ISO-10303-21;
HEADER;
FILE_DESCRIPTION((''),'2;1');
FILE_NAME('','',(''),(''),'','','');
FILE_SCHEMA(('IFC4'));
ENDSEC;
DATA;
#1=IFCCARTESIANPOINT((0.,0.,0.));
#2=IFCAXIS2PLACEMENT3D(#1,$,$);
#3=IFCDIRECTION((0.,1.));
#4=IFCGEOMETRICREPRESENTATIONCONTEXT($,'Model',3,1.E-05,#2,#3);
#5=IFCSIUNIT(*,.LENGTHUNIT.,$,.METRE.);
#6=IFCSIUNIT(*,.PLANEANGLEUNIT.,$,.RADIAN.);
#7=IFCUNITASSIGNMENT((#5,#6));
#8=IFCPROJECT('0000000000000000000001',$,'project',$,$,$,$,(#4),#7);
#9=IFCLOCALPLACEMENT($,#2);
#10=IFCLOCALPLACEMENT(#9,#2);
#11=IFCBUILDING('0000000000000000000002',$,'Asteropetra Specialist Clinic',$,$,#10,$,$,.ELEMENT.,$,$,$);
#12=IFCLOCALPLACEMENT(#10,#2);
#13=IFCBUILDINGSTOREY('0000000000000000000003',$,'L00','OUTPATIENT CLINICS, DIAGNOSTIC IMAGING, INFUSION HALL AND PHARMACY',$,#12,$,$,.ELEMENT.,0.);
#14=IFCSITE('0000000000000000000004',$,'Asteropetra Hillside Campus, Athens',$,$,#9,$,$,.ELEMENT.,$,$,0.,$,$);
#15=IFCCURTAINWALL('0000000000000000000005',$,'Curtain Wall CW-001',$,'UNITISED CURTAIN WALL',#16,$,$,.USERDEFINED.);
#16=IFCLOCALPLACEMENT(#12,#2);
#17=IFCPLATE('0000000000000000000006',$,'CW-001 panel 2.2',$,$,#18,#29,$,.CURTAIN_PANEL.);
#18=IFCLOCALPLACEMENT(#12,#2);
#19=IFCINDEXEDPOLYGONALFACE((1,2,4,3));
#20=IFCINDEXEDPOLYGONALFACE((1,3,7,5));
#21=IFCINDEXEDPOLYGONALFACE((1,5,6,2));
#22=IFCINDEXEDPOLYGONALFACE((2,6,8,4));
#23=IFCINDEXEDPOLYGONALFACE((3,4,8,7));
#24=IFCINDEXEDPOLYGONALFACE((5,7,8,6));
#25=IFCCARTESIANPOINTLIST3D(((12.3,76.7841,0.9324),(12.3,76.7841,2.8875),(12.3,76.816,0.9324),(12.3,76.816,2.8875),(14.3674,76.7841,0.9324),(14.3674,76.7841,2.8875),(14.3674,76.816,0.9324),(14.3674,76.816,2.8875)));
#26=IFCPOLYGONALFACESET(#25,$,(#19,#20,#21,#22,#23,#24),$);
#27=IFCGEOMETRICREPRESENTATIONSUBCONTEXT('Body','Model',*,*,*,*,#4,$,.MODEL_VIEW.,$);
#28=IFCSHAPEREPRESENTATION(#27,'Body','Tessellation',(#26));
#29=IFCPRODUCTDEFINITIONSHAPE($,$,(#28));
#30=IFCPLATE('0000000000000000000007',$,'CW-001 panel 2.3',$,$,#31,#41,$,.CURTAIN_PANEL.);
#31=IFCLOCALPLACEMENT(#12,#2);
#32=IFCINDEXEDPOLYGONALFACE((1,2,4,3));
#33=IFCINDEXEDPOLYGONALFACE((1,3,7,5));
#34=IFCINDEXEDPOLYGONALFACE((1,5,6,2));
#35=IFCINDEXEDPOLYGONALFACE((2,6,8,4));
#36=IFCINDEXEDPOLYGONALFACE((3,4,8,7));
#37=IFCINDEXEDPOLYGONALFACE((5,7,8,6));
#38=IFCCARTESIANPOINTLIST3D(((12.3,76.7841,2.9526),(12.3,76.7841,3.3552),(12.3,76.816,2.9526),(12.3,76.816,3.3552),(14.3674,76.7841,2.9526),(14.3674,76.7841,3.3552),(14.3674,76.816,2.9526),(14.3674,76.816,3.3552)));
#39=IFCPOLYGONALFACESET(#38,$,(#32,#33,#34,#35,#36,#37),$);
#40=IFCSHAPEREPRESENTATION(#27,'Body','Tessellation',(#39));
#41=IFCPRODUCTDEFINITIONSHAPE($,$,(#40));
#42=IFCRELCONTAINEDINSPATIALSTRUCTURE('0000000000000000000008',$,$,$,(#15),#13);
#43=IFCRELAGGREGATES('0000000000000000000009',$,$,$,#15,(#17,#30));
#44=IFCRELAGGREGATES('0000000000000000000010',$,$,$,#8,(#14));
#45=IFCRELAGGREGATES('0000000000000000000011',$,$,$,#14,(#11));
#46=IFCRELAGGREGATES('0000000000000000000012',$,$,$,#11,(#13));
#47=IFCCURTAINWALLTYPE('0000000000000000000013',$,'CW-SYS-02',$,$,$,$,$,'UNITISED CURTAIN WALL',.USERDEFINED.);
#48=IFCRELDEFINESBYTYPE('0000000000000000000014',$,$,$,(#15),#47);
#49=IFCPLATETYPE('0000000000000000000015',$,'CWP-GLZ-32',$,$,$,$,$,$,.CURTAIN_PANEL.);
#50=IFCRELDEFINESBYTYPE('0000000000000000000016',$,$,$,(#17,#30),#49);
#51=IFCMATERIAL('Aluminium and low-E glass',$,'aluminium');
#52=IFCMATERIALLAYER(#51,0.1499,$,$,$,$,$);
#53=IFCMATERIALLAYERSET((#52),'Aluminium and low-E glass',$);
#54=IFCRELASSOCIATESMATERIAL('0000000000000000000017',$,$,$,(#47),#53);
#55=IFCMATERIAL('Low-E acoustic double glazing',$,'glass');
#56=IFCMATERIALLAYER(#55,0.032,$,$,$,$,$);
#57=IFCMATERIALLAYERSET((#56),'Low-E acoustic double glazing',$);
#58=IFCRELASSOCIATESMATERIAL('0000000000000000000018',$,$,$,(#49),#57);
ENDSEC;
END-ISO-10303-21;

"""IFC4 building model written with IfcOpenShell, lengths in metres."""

from ifc_helpers import new_model, si_unit, direction, frame, origin, origin_2d, place, context, subcontext, project, spatial, rectangle, extrude, material, layer, layer_set, type_object, element, aggregate, save


model = new_model("IFC4")

# Units and contexts
model_context = context("Model", 3, precision=1e-05, world=origin(), true_north=direction((0.0, 1.0)))
body_context = subcontext(model_context, "Body", "Model", "MODEL_VIEW")
ifc_project = project(units=[si_unit("LENGTHUNIT", "METRE"), si_unit("PLANEANGLEUNIT", "RADIAN")], contexts=[model_context])

# Site, building, storey
site_placement = place(None, origin())
site = spatial("IfcSite", under=ifc_project, at=site_placement, Name="Asteropetra Hillside Campus, Athens", CompositionType="ELEMENT", RefElevation=0.0)
building_placement = place(site_placement, origin())
building = spatial("IfcBuilding", under=site, at=building_placement, Name="Asteropetra Specialist Clinic", CompositionType="ELEMENT")
storey_placement = place(building_placement, origin())
storey = spatial("IfcBuildingStorey", under=building, at=storey_placement, Name="L00", Description="OUTPATIENT CLINICS, DIAGNOSTIC IMAGING, INFUSION HALL AND PHARMACY", CompositionType="ELEMENT", Elevation=0.0)

# Curtain wall, plates
ifc_material_1 = material(Name="Aluminium and low-E glass", Category="aluminium")
ifc_layer_1 = layer(ifc_material_1, 0.1499)
ifc_layer_set_1 = layer_set([ifc_layer_1], Name="Aluminium and low-E glass")
curtain_wall_type = type_object("IfcCurtainWallType", Name="CW-SYS-02", ElementType="UNITISED CURTAIN WALL", PredefinedType="USERDEFINED", material=ifc_layer_set_1)
curtain_wall_placement = place(storey_placement, origin())
curtain_wall = element("IfcCurtainWall", 1, at=curtain_wall_placement, inside=storey, type_object=curtain_wall_type, Name="Curtain Wall CW-001", ObjectType="UNITISED CURTAIN WALL", PredefinedType="USERDEFINED")
ifc_material_2 = material(Name="Low-E acoustic double glazing", Category="glass")
ifc_layer_2 = layer(ifc_material_2, 0.032)
ifc_layer_set_2 = layer_set([ifc_layer_2], Name="Low-E acoustic double glazing")
plate_type = type_object("IfcPlateType", Name="CWP-GLZ-32", PredefinedType="CURTAIN_PANEL", material=ifc_layer_set_2)
plate_1_placement = place(storey_placement, frame((13.3337, 76.8, 0.9324), z_axis=(0.0, 0.0, 1.0), x_axis=(1.0, 0.0, 0.0)))
plate_1 = element("IfcPlate", 2, at=plate_1_placement, type_object=plate_type, Name="CW-001 panel 2.2", PredefinedType="CURTAIN_PANEL", context=body_context, shape_type="SweptSolid", body=[
    extrude(rectangle(XDim=2.0674, YDim=0.032, at=origin_2d()), origin(), (0.0, 0.0, 1.0), 1.9551),
])
plate_2_placement = place(storey_placement, frame((13.3337, 76.8, 2.9526), z_axis=(0.0, 0.0, 1.0), x_axis=(1.0, 0.0, 0.0)))
plate_2 = element("IfcPlate", 3, at=plate_2_placement, type_object=plate_type, Name="CW-001 panel 2.3", PredefinedType="CURTAIN_PANEL", context=body_context, shape_type="SweptSolid", body=[
    extrude(rectangle(XDim=2.0674, YDim=0.032, at=origin_2d()), origin(), (0.0, 0.0, 1.0), 0.4026),
])
aggregate(curtain_wall, [plate_1, plate_2])

save(model, "model.ifc")
